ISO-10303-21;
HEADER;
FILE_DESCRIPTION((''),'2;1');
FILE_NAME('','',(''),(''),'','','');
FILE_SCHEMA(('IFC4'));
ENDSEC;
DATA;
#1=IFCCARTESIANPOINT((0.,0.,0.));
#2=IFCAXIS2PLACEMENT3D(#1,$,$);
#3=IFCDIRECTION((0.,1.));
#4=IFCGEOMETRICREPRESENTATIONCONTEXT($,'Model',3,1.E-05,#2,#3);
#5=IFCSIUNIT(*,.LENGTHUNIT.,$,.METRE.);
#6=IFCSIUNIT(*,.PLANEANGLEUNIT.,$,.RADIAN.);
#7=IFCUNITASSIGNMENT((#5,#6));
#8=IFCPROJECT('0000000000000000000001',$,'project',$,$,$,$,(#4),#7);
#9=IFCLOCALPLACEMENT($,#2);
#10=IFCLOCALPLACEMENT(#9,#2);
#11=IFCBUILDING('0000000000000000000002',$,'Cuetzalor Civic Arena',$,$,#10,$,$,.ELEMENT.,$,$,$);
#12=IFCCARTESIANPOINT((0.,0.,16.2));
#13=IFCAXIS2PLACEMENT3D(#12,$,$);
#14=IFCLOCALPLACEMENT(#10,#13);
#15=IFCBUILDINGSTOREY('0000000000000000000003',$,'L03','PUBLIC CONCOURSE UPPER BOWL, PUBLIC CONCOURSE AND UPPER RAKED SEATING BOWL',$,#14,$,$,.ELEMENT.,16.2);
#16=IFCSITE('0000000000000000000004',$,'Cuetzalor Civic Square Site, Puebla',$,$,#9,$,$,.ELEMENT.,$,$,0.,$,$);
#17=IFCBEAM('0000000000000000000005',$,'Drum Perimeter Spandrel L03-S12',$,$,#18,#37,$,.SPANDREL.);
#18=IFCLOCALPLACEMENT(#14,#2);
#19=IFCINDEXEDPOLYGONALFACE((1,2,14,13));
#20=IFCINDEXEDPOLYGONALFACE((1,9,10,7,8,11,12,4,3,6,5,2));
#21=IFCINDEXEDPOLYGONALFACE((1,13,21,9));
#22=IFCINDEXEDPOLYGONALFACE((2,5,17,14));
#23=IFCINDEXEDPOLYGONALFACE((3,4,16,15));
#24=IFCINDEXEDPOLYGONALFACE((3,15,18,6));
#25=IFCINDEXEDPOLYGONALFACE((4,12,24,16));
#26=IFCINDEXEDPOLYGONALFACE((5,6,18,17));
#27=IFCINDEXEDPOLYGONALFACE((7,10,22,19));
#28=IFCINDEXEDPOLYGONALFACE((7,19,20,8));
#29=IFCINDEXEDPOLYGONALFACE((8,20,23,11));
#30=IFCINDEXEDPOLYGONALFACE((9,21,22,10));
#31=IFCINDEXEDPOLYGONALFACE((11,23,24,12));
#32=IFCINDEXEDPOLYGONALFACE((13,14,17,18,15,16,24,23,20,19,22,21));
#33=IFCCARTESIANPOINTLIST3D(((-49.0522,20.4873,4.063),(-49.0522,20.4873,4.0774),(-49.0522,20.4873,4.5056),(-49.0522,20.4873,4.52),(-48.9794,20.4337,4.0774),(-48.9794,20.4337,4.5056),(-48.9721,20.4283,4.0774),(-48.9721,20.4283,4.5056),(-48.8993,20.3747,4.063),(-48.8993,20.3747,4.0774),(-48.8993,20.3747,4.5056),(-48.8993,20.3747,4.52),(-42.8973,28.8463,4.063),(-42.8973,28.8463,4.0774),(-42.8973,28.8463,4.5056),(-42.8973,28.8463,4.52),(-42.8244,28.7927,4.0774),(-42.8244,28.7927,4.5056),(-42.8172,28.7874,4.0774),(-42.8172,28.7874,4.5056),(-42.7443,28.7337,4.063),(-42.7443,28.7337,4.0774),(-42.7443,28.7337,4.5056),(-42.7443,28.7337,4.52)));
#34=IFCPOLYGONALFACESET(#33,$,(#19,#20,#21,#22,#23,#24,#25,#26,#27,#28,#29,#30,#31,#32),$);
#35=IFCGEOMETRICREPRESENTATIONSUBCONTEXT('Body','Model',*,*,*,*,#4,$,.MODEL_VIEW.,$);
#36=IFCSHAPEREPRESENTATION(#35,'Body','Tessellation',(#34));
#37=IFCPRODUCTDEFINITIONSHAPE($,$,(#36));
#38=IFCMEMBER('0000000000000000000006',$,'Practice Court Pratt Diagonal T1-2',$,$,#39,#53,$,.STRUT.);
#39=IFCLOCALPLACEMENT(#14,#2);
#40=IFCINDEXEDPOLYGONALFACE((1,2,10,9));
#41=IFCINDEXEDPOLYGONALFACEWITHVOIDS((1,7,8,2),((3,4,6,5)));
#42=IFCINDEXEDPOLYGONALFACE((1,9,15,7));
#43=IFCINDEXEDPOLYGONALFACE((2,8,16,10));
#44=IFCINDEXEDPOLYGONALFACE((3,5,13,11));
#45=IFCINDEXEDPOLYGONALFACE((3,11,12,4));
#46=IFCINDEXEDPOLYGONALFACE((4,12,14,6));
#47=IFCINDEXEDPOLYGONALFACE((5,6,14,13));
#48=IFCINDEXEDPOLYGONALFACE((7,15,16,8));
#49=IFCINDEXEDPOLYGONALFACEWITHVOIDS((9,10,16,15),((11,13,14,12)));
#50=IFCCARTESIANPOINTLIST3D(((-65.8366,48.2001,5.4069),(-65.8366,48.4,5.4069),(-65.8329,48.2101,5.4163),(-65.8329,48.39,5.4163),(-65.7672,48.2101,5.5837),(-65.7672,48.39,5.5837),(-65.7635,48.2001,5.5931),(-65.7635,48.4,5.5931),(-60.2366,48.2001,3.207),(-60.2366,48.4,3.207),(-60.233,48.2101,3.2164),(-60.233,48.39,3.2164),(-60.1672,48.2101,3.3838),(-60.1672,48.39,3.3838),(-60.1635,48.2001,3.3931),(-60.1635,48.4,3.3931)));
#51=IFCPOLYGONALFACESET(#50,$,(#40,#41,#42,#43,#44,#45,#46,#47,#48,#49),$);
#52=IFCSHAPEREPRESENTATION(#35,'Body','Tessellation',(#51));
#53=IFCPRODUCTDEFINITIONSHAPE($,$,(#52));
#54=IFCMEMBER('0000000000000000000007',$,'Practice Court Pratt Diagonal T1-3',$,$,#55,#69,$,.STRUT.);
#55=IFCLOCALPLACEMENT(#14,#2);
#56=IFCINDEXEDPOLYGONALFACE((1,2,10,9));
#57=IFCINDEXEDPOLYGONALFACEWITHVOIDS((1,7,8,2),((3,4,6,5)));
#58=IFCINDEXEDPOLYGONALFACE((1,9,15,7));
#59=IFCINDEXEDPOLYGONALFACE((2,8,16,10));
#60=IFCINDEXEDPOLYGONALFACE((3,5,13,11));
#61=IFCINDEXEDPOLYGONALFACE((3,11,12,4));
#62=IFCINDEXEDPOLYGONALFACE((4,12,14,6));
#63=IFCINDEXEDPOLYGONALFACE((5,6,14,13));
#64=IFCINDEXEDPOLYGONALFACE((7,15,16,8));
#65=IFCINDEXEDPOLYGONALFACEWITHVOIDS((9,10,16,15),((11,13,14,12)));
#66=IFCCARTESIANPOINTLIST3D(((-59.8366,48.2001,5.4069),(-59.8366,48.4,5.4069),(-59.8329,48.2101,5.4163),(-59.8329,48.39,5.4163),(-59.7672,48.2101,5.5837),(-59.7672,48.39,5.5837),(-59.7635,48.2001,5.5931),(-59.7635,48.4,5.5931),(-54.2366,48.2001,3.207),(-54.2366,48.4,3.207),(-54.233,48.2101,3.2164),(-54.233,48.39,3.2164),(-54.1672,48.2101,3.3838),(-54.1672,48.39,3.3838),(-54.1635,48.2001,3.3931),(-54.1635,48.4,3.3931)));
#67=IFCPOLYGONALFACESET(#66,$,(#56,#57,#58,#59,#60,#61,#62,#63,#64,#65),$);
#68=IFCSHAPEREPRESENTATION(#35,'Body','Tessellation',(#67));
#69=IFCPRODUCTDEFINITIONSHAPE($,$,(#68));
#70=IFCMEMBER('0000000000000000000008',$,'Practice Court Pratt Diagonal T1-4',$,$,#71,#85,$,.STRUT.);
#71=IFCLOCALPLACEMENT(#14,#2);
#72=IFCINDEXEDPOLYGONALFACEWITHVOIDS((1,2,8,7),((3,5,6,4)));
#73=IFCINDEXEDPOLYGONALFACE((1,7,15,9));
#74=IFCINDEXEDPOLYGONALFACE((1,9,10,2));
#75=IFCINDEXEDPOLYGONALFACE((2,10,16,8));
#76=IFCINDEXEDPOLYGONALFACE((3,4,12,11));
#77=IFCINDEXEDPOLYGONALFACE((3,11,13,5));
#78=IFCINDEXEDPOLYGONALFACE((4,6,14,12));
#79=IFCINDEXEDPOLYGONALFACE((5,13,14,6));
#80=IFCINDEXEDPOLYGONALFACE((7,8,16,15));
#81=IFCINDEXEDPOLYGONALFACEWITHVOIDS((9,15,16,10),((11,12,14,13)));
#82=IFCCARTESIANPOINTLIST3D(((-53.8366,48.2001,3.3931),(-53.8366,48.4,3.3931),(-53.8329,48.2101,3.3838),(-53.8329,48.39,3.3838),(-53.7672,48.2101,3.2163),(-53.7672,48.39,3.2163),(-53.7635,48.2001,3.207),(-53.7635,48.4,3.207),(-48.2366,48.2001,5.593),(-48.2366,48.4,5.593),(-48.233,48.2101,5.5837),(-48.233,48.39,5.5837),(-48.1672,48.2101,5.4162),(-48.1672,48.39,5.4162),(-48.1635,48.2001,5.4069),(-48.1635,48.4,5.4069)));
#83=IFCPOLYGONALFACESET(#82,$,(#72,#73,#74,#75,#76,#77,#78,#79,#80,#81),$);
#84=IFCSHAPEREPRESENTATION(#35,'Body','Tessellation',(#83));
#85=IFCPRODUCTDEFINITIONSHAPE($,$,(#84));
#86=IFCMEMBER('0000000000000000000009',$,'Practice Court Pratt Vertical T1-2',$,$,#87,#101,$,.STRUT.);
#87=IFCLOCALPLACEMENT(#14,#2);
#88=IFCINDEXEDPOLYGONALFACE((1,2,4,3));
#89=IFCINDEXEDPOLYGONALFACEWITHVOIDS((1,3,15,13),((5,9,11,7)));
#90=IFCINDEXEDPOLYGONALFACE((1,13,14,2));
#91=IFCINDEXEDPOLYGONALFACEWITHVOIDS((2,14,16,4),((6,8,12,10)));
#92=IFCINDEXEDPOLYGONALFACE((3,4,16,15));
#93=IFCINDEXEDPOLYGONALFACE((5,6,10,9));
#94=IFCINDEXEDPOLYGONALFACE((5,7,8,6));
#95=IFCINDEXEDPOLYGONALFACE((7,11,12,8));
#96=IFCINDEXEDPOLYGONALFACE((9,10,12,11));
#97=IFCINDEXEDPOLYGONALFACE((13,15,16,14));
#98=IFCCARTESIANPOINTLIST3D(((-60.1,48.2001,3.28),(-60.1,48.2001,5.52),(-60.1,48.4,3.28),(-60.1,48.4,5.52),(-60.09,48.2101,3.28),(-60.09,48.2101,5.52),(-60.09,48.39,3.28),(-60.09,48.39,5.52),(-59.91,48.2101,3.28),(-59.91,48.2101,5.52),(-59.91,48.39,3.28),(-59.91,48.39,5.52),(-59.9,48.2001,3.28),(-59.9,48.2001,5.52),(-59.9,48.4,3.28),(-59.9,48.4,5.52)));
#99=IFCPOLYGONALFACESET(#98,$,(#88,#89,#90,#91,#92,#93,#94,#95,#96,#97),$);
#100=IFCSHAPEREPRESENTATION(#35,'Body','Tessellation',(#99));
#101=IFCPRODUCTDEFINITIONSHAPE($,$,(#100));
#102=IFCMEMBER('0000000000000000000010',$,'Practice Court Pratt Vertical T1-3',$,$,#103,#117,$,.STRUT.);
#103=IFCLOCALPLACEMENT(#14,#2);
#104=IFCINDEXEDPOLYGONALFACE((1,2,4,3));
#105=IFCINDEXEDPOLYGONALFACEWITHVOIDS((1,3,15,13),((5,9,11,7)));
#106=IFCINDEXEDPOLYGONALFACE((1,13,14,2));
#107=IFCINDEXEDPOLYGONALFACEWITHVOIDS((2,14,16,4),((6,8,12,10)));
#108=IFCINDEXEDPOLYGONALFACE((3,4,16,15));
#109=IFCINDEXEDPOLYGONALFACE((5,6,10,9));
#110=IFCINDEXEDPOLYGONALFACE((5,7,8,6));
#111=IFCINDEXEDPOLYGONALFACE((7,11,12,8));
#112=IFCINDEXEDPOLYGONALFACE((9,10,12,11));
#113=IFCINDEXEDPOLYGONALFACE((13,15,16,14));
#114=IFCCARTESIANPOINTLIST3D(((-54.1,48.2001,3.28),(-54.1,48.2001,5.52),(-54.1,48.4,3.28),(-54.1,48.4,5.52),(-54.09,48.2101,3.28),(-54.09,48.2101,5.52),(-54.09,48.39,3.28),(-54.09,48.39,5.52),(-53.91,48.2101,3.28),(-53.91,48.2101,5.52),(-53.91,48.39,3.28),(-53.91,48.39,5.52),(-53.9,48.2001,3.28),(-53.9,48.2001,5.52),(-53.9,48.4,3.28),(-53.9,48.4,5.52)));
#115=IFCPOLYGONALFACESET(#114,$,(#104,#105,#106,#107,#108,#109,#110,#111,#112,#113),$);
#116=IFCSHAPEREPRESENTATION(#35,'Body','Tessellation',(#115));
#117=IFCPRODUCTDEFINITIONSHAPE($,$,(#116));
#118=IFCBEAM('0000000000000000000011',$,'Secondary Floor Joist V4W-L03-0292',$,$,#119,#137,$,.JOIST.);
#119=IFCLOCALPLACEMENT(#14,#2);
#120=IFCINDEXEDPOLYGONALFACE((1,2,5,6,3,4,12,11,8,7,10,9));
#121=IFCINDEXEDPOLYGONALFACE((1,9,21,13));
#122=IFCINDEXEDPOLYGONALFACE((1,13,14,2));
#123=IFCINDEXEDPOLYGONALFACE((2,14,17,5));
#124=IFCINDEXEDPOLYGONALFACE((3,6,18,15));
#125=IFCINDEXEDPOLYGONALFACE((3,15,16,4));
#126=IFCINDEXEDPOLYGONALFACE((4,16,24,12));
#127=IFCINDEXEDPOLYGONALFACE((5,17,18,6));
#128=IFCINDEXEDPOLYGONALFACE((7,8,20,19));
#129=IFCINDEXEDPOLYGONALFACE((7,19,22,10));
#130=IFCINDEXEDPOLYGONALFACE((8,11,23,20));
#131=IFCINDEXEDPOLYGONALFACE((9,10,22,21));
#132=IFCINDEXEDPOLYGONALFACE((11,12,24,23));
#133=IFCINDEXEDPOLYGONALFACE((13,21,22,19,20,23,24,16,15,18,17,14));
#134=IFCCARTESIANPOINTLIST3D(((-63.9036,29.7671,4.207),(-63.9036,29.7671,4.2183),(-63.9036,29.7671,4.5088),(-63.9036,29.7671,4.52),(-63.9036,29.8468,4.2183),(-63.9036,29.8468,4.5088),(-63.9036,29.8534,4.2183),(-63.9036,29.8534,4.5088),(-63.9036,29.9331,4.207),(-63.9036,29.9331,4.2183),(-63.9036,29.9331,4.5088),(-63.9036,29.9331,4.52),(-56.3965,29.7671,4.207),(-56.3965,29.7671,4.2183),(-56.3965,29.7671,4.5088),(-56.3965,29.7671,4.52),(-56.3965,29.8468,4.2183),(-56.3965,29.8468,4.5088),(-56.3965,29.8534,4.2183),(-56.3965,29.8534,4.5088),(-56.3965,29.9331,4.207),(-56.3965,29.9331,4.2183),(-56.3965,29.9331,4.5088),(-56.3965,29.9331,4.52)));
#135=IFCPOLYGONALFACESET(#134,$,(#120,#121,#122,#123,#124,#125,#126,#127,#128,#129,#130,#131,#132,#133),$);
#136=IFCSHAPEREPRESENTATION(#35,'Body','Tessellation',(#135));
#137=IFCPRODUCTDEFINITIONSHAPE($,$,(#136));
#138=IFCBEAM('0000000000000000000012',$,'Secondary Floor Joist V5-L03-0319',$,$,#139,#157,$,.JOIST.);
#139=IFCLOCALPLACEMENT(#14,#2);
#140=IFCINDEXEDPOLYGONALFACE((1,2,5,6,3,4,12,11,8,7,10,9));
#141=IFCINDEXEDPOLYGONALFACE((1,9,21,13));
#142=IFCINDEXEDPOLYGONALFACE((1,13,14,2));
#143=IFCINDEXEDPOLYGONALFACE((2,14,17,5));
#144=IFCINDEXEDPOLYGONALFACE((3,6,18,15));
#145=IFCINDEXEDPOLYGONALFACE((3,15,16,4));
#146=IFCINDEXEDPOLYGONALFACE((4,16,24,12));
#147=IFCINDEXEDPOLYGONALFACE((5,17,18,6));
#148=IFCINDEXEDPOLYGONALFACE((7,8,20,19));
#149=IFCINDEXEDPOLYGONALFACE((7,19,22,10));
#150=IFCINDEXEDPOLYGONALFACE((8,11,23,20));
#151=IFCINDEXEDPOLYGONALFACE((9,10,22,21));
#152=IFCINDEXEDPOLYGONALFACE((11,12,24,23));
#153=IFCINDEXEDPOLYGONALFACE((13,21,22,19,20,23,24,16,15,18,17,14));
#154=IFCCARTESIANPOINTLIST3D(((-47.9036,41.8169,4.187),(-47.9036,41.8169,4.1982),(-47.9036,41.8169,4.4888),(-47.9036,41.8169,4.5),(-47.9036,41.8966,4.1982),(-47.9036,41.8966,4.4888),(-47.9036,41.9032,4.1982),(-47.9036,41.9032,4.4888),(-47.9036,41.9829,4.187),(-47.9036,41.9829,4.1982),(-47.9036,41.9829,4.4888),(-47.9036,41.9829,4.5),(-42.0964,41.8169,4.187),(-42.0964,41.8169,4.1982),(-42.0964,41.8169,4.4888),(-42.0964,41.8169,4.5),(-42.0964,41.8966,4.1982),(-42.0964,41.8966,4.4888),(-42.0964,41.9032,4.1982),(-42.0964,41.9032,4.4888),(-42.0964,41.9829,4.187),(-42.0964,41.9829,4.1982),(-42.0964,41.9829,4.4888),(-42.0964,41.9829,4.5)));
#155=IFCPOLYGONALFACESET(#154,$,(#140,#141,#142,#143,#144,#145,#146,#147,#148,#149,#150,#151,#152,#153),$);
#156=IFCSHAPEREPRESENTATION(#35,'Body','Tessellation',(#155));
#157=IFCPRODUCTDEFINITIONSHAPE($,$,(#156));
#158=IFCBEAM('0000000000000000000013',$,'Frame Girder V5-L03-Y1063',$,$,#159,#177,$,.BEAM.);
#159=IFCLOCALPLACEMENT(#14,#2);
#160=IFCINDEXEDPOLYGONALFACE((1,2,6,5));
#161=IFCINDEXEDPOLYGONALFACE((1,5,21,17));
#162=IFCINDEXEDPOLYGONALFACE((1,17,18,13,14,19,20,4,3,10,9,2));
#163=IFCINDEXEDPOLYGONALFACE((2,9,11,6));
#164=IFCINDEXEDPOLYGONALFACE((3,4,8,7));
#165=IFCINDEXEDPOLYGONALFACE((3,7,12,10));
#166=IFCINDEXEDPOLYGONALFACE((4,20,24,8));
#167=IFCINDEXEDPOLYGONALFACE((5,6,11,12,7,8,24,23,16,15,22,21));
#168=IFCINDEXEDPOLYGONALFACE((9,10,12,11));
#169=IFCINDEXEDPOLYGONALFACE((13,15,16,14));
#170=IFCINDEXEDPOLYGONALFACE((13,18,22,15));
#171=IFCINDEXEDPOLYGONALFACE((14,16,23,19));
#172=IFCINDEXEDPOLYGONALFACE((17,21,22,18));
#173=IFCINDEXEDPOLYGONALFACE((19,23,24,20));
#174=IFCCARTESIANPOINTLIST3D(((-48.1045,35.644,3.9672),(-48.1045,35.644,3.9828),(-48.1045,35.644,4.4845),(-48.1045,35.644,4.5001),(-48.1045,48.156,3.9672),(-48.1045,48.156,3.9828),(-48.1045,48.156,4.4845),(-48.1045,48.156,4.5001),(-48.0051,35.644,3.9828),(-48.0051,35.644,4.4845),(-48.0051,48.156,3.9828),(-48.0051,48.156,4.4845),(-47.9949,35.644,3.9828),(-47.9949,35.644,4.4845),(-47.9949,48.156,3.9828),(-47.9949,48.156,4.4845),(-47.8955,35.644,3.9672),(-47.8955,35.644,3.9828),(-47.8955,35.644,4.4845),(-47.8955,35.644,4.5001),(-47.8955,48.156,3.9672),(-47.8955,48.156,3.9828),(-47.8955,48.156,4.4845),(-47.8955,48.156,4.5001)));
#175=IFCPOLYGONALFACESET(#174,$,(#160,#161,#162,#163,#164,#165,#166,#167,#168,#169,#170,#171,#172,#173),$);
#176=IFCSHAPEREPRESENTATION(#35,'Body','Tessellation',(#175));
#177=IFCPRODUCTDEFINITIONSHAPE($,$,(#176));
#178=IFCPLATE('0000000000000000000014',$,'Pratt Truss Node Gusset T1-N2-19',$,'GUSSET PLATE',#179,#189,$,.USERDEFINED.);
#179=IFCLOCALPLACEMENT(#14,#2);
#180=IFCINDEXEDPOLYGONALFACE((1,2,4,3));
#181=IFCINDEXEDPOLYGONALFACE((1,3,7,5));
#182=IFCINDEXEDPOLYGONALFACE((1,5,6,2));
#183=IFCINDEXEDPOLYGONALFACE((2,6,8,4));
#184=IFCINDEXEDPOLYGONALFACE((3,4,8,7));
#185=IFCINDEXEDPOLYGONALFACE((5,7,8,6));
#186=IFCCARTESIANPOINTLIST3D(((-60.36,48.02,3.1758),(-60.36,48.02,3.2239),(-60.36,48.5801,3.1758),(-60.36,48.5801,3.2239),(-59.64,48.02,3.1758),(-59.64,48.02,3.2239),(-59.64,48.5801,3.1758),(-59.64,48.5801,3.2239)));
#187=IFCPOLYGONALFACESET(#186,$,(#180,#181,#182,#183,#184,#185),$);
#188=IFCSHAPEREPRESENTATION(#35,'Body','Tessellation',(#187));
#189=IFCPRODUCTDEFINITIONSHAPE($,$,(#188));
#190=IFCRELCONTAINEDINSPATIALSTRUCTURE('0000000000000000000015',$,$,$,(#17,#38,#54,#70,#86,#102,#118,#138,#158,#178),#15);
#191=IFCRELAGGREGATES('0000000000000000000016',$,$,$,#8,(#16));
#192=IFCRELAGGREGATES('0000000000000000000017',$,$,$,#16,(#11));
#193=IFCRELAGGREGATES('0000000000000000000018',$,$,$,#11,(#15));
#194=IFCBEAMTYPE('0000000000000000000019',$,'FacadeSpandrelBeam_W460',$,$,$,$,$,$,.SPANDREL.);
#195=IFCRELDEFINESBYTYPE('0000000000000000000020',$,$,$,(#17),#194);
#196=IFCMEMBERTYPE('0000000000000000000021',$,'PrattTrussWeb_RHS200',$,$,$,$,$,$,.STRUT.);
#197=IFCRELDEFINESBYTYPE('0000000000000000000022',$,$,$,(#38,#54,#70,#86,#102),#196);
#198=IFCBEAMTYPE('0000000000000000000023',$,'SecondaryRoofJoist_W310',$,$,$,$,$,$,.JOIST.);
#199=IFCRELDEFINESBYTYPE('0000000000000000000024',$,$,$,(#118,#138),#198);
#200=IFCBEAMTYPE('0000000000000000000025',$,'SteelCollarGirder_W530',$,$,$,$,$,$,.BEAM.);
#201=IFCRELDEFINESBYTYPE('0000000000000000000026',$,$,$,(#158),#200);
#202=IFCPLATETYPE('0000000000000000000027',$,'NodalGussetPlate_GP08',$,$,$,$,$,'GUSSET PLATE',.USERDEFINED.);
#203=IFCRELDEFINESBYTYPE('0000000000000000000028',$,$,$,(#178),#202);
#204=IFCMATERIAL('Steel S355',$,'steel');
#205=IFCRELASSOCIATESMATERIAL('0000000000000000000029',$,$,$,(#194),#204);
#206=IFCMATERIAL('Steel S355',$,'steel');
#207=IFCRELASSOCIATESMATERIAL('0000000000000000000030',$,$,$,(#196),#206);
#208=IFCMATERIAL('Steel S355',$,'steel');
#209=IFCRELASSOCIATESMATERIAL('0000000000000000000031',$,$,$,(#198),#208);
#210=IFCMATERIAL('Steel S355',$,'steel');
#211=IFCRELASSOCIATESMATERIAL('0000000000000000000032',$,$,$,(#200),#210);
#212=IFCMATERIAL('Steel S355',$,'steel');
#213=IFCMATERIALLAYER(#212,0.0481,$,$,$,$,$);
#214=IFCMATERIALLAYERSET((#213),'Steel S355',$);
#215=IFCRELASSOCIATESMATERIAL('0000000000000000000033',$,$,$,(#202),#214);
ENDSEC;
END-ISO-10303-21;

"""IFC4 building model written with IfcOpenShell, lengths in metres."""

from ifc_helpers import new_model, si_unit, direction, frame, origin, origin_2d, place, context, subcontext, project, spatial, rectangle, hollow_rectangle, i_section, extrude, material, layer, layer_set, material_profile, profile_set, type_object, element, save


model = new_model("IFC4")

# Units and contexts
model_context = context("Model", 3, precision=1e-05, world=origin(), true_north=direction((0.0, 1.0)))
body_context = subcontext(model_context, "Body", "Model", "MODEL_VIEW")
ifc_project = project(units=[si_unit("LENGTHUNIT", "METRE"), si_unit("PLANEANGLEUNIT", "RADIAN")], contexts=[model_context])

# Site, building, storey
site_placement = place(None, origin())
site = spatial("IfcSite", under=ifc_project, at=site_placement, Name="Cuetzalor Civic Square Site, Puebla", CompositionType="ELEMENT", RefElevation=0.0)
building_placement = place(site_placement, origin())
building = spatial("IfcBuilding", under=site, at=building_placement, Name="Cuetzalor Civic Arena", CompositionType="ELEMENT")
storey_placement = place(building_placement, frame((0.0, 0.0, 16.2)))
storey = spatial("IfcBuildingStorey", under=building, at=storey_placement, Name="L03", Description="PUBLIC CONCOURSE UPPER BOWL, PUBLIC CONCOURSE AND UPPER RAKED SEATING BOWL", CompositionType="ELEMENT", Elevation=16.2)

# Beam
ifc_material_1 = material(Name="Steel S355", Category="steel")
ifc_material_profile_1 = material_profile(ifc_material_1, i_section(OverallWidth=0.1899, OverallDepth=0.457, WebThickness=0.009, FlangeThickness=0.0144, at=origin_2d()), Name="W460x74")
ifc_profile_set_1 = profile_set([ifc_material_profile_1], Name="Steel S355")
beam_type_1 = type_object("IfcBeamType", Name="FacadeSpandrelBeam_W460", PredefinedType="SPANDREL", material=ifc_profile_set_1)
beam_1_placement = place(storey_placement, frame((-42.8208, 28.79, 4.2915), z_axis=(-0.592929, -0.805255, 0.0), x_axis=(0.805255, -0.592929, 0.0)))
element("IfcBeam", 1, at=beam_1_placement, inside=storey, type_object=beam_type_1, Name="Drum Perimeter Spandrel L03-S12", PredefinedType="SPANDREL", context=body_context, shape_type="SweptSolid", body=[
    extrude(i_section(OverallWidth=0.1899, OverallDepth=0.457, WebThickness=0.009, FlangeThickness=0.0144, at=origin_2d()), origin(), (0.0, 0.0, 1.0), 10.3806),
])

# Members
ifc_material_2 = material(Name="Steel S355", Category="steel")
ifc_material_profile_2 = material_profile(ifc_material_2, hollow_rectangle(XDim=0.2, YDim=0.2, WallThickness=0.01, at=origin_2d()), Name="RHS 200x200x10")
ifc_profile_set_2 = profile_set([ifc_material_profile_2], Name="Steel S355")
member_type = type_object("IfcMemberType", Name="PrattTrussWeb_RHS200", PredefinedType="STRUT", material=ifc_profile_set_2)
for number, where, z_axis, x_axis, name in (
    (2, (-65.8, 48.3, 5.5), (0.930756, 0.0, -0.36564), (0.0, 1.0, 0.0), "Practice Court Pratt Diagonal T1-2"),
    (3, (-59.8, 48.3, 5.5), (0.930756, 0.0, -0.36564), (0.0, 1.0, 0.0), "Practice Court Pratt Diagonal T1-3"),
    (4, (-53.8, 48.3, 3.3), (0.930756, 0.0, 0.36564), (0.0, 1.0, 0.0), "Practice Court Pratt Diagonal T1-4"),
):
    element("IfcMember", number, at=place(storey_placement, frame(where, z_axis=z_axis, x_axis=x_axis)), inside=storey, type_object=member_type, Name=name, PredefinedType="STRUT", context=body_context, shape_type="SweptSolid", body=[
        extrude(hollow_rectangle(XDim=0.2, YDim=0.2, WallThickness=0.01, at=origin_2d()), origin(), (0.0, 0.0, 1.0), 6.0166),
    ])
for number, where, z_axis, x_axis, name in (
    (5, (-60.0, 48.3, 3.28), (0.0, 0.0, 1.0), (1.0, 0.0, 0.0), "Practice Court Pratt Vertical T1-2"),
    (6, (-54.0, 48.3, 3.28), (0.0, 0.0, 1.0), (1.0, 0.0, 0.0), "Practice Court Pratt Vertical T1-3"),
):
    element("IfcMember", number, at=place(storey_placement, frame(where, z_axis=z_axis, x_axis=x_axis)), inside=storey, type_object=member_type, Name=name, PredefinedType="STRUT", context=body_context, shape_type="SweptSolid", body=[
        extrude(hollow_rectangle(XDim=0.2, YDim=0.2, WallThickness=0.01, at=origin_2d()), origin(), (0.0, 0.0, 1.0), 2.24),
    ])

# Beams
ifc_material_3 = material(Name="Steel S355", Category="steel")
ifc_material_profile_3 = material_profile(ifc_material_3, i_section(OverallWidth=0.166, OverallDepth=0.313, WebThickness=0.0066, FlangeThickness=0.0112, at=origin_2d()), Name="W310x45")
ifc_profile_set_3 = profile_set([ifc_material_profile_3], Name="Steel S355")
beam_type_2 = type_object("IfcBeamType", Name="SecondaryRoofJoist_W310", PredefinedType="JOIST", material=ifc_profile_set_3)
beam_2_placement = place(storey_placement, frame((-63.9036, 29.8501, 4.3635), z_axis=(1.0, 0.0, 0.0), x_axis=(0.0, 1.0, 0.0)))
element("IfcBeam", 7, at=beam_2_placement, inside=storey, type_object=beam_type_2, Name="Secondary Floor Joist V4W-L03-0292", PredefinedType="JOIST", context=body_context, shape_type="SweptSolid", body=[
    extrude(i_section(OverallWidth=0.166, OverallDepth=0.313, WebThickness=0.0066, FlangeThickness=0.0112, at=origin_2d()), origin(), (0.0, 0.0, 1.0), 7.5071),
])
beam_3_placement = place(storey_placement, frame((-47.9036, 41.8999, 4.3435), z_axis=(1.0, 0.0, 0.0), x_axis=(0.0, 1.0, 0.0)))
element("IfcBeam", 8, at=beam_3_placement, inside=storey, type_object=beam_type_2, Name="Secondary Floor Joist V5-L03-0319", PredefinedType="JOIST", context=body_context, shape_type="SweptSolid", body=[
    extrude(i_section(OverallWidth=0.166, OverallDepth=0.313, WebThickness=0.0066, FlangeThickness=0.0112, at=origin_2d()), origin(), (0.0, 0.0, 1.0), 5.8071),
])
ifc_material_4 = material(Name="Steel S355", Category="steel")
ifc_material_profile_4 = material_profile(ifc_material_4, i_section(OverallWidth=0.209, OverallDepth=0.533, WebThickness=0.0103, FlangeThickness=0.0156, at=origin_2d()), Name="W530x92")
ifc_profile_set_4 = profile_set([ifc_material_profile_4], Name="Steel S355")
beam_type_3 = type_object("IfcBeamType", Name="SteelCollarGirder_W530", PredefinedType="BEAM", material=ifc_profile_set_4)
beam_4_placement = place(storey_placement, frame((-48.0, 35.644, 4.2336), z_axis=(0.0, 1.0, 0.0), x_axis=(-1.0, 0.0, 0.0)))
element("IfcBeam", 9, at=beam_4_placement, inside=storey, type_object=beam_type_3, Name="Frame Girder V5-L03-Y1063", PredefinedType="BEAM", context=body_context, shape_type="SweptSolid", body=[
    extrude(i_section(OverallWidth=0.209, OverallDepth=0.533, WebThickness=0.0103, FlangeThickness=0.0156, at=origin_2d()), origin(), (0.0, 0.0, 1.0), 12.512),
])

# Plate
ifc_material_5 = material(Name="Steel S355", Category="steel")
ifc_layer_1 = layer(ifc_material_5, 0.0481)
ifc_layer_set_1 = layer_set([ifc_layer_1], Name="Steel S355")
plate_type = type_object("IfcPlateType", Name="NodalGussetPlate_GP08", ElementType="GUSSET PLATE", PredefinedType="USERDEFINED", material=ifc_layer_set_1)
for number, where, z_axis, x_axis, name in (
    (10, (-60.0, 48.3, 3.1758), (0.0, 0.0, 1.0), (1.0, 0.0, 0.0), "Pratt Truss Node Gusset T1-N2-19"),
):
    element("IfcPlate", number, at=place(storey_placement, frame(where, z_axis=z_axis, x_axis=x_axis)), inside=storey, type_object=plate_type, Name=name, ObjectType="GUSSET PLATE", PredefinedType="USERDEFINED", context=body_context, shape_type="SweptSolid", body=[
        extrude(rectangle(XDim=0.72, YDim=0.5601, at=origin_2d()), origin(), (0.0, 0.0, 1.0), 0.0481),
    ])

save(model, "model.ifc")
